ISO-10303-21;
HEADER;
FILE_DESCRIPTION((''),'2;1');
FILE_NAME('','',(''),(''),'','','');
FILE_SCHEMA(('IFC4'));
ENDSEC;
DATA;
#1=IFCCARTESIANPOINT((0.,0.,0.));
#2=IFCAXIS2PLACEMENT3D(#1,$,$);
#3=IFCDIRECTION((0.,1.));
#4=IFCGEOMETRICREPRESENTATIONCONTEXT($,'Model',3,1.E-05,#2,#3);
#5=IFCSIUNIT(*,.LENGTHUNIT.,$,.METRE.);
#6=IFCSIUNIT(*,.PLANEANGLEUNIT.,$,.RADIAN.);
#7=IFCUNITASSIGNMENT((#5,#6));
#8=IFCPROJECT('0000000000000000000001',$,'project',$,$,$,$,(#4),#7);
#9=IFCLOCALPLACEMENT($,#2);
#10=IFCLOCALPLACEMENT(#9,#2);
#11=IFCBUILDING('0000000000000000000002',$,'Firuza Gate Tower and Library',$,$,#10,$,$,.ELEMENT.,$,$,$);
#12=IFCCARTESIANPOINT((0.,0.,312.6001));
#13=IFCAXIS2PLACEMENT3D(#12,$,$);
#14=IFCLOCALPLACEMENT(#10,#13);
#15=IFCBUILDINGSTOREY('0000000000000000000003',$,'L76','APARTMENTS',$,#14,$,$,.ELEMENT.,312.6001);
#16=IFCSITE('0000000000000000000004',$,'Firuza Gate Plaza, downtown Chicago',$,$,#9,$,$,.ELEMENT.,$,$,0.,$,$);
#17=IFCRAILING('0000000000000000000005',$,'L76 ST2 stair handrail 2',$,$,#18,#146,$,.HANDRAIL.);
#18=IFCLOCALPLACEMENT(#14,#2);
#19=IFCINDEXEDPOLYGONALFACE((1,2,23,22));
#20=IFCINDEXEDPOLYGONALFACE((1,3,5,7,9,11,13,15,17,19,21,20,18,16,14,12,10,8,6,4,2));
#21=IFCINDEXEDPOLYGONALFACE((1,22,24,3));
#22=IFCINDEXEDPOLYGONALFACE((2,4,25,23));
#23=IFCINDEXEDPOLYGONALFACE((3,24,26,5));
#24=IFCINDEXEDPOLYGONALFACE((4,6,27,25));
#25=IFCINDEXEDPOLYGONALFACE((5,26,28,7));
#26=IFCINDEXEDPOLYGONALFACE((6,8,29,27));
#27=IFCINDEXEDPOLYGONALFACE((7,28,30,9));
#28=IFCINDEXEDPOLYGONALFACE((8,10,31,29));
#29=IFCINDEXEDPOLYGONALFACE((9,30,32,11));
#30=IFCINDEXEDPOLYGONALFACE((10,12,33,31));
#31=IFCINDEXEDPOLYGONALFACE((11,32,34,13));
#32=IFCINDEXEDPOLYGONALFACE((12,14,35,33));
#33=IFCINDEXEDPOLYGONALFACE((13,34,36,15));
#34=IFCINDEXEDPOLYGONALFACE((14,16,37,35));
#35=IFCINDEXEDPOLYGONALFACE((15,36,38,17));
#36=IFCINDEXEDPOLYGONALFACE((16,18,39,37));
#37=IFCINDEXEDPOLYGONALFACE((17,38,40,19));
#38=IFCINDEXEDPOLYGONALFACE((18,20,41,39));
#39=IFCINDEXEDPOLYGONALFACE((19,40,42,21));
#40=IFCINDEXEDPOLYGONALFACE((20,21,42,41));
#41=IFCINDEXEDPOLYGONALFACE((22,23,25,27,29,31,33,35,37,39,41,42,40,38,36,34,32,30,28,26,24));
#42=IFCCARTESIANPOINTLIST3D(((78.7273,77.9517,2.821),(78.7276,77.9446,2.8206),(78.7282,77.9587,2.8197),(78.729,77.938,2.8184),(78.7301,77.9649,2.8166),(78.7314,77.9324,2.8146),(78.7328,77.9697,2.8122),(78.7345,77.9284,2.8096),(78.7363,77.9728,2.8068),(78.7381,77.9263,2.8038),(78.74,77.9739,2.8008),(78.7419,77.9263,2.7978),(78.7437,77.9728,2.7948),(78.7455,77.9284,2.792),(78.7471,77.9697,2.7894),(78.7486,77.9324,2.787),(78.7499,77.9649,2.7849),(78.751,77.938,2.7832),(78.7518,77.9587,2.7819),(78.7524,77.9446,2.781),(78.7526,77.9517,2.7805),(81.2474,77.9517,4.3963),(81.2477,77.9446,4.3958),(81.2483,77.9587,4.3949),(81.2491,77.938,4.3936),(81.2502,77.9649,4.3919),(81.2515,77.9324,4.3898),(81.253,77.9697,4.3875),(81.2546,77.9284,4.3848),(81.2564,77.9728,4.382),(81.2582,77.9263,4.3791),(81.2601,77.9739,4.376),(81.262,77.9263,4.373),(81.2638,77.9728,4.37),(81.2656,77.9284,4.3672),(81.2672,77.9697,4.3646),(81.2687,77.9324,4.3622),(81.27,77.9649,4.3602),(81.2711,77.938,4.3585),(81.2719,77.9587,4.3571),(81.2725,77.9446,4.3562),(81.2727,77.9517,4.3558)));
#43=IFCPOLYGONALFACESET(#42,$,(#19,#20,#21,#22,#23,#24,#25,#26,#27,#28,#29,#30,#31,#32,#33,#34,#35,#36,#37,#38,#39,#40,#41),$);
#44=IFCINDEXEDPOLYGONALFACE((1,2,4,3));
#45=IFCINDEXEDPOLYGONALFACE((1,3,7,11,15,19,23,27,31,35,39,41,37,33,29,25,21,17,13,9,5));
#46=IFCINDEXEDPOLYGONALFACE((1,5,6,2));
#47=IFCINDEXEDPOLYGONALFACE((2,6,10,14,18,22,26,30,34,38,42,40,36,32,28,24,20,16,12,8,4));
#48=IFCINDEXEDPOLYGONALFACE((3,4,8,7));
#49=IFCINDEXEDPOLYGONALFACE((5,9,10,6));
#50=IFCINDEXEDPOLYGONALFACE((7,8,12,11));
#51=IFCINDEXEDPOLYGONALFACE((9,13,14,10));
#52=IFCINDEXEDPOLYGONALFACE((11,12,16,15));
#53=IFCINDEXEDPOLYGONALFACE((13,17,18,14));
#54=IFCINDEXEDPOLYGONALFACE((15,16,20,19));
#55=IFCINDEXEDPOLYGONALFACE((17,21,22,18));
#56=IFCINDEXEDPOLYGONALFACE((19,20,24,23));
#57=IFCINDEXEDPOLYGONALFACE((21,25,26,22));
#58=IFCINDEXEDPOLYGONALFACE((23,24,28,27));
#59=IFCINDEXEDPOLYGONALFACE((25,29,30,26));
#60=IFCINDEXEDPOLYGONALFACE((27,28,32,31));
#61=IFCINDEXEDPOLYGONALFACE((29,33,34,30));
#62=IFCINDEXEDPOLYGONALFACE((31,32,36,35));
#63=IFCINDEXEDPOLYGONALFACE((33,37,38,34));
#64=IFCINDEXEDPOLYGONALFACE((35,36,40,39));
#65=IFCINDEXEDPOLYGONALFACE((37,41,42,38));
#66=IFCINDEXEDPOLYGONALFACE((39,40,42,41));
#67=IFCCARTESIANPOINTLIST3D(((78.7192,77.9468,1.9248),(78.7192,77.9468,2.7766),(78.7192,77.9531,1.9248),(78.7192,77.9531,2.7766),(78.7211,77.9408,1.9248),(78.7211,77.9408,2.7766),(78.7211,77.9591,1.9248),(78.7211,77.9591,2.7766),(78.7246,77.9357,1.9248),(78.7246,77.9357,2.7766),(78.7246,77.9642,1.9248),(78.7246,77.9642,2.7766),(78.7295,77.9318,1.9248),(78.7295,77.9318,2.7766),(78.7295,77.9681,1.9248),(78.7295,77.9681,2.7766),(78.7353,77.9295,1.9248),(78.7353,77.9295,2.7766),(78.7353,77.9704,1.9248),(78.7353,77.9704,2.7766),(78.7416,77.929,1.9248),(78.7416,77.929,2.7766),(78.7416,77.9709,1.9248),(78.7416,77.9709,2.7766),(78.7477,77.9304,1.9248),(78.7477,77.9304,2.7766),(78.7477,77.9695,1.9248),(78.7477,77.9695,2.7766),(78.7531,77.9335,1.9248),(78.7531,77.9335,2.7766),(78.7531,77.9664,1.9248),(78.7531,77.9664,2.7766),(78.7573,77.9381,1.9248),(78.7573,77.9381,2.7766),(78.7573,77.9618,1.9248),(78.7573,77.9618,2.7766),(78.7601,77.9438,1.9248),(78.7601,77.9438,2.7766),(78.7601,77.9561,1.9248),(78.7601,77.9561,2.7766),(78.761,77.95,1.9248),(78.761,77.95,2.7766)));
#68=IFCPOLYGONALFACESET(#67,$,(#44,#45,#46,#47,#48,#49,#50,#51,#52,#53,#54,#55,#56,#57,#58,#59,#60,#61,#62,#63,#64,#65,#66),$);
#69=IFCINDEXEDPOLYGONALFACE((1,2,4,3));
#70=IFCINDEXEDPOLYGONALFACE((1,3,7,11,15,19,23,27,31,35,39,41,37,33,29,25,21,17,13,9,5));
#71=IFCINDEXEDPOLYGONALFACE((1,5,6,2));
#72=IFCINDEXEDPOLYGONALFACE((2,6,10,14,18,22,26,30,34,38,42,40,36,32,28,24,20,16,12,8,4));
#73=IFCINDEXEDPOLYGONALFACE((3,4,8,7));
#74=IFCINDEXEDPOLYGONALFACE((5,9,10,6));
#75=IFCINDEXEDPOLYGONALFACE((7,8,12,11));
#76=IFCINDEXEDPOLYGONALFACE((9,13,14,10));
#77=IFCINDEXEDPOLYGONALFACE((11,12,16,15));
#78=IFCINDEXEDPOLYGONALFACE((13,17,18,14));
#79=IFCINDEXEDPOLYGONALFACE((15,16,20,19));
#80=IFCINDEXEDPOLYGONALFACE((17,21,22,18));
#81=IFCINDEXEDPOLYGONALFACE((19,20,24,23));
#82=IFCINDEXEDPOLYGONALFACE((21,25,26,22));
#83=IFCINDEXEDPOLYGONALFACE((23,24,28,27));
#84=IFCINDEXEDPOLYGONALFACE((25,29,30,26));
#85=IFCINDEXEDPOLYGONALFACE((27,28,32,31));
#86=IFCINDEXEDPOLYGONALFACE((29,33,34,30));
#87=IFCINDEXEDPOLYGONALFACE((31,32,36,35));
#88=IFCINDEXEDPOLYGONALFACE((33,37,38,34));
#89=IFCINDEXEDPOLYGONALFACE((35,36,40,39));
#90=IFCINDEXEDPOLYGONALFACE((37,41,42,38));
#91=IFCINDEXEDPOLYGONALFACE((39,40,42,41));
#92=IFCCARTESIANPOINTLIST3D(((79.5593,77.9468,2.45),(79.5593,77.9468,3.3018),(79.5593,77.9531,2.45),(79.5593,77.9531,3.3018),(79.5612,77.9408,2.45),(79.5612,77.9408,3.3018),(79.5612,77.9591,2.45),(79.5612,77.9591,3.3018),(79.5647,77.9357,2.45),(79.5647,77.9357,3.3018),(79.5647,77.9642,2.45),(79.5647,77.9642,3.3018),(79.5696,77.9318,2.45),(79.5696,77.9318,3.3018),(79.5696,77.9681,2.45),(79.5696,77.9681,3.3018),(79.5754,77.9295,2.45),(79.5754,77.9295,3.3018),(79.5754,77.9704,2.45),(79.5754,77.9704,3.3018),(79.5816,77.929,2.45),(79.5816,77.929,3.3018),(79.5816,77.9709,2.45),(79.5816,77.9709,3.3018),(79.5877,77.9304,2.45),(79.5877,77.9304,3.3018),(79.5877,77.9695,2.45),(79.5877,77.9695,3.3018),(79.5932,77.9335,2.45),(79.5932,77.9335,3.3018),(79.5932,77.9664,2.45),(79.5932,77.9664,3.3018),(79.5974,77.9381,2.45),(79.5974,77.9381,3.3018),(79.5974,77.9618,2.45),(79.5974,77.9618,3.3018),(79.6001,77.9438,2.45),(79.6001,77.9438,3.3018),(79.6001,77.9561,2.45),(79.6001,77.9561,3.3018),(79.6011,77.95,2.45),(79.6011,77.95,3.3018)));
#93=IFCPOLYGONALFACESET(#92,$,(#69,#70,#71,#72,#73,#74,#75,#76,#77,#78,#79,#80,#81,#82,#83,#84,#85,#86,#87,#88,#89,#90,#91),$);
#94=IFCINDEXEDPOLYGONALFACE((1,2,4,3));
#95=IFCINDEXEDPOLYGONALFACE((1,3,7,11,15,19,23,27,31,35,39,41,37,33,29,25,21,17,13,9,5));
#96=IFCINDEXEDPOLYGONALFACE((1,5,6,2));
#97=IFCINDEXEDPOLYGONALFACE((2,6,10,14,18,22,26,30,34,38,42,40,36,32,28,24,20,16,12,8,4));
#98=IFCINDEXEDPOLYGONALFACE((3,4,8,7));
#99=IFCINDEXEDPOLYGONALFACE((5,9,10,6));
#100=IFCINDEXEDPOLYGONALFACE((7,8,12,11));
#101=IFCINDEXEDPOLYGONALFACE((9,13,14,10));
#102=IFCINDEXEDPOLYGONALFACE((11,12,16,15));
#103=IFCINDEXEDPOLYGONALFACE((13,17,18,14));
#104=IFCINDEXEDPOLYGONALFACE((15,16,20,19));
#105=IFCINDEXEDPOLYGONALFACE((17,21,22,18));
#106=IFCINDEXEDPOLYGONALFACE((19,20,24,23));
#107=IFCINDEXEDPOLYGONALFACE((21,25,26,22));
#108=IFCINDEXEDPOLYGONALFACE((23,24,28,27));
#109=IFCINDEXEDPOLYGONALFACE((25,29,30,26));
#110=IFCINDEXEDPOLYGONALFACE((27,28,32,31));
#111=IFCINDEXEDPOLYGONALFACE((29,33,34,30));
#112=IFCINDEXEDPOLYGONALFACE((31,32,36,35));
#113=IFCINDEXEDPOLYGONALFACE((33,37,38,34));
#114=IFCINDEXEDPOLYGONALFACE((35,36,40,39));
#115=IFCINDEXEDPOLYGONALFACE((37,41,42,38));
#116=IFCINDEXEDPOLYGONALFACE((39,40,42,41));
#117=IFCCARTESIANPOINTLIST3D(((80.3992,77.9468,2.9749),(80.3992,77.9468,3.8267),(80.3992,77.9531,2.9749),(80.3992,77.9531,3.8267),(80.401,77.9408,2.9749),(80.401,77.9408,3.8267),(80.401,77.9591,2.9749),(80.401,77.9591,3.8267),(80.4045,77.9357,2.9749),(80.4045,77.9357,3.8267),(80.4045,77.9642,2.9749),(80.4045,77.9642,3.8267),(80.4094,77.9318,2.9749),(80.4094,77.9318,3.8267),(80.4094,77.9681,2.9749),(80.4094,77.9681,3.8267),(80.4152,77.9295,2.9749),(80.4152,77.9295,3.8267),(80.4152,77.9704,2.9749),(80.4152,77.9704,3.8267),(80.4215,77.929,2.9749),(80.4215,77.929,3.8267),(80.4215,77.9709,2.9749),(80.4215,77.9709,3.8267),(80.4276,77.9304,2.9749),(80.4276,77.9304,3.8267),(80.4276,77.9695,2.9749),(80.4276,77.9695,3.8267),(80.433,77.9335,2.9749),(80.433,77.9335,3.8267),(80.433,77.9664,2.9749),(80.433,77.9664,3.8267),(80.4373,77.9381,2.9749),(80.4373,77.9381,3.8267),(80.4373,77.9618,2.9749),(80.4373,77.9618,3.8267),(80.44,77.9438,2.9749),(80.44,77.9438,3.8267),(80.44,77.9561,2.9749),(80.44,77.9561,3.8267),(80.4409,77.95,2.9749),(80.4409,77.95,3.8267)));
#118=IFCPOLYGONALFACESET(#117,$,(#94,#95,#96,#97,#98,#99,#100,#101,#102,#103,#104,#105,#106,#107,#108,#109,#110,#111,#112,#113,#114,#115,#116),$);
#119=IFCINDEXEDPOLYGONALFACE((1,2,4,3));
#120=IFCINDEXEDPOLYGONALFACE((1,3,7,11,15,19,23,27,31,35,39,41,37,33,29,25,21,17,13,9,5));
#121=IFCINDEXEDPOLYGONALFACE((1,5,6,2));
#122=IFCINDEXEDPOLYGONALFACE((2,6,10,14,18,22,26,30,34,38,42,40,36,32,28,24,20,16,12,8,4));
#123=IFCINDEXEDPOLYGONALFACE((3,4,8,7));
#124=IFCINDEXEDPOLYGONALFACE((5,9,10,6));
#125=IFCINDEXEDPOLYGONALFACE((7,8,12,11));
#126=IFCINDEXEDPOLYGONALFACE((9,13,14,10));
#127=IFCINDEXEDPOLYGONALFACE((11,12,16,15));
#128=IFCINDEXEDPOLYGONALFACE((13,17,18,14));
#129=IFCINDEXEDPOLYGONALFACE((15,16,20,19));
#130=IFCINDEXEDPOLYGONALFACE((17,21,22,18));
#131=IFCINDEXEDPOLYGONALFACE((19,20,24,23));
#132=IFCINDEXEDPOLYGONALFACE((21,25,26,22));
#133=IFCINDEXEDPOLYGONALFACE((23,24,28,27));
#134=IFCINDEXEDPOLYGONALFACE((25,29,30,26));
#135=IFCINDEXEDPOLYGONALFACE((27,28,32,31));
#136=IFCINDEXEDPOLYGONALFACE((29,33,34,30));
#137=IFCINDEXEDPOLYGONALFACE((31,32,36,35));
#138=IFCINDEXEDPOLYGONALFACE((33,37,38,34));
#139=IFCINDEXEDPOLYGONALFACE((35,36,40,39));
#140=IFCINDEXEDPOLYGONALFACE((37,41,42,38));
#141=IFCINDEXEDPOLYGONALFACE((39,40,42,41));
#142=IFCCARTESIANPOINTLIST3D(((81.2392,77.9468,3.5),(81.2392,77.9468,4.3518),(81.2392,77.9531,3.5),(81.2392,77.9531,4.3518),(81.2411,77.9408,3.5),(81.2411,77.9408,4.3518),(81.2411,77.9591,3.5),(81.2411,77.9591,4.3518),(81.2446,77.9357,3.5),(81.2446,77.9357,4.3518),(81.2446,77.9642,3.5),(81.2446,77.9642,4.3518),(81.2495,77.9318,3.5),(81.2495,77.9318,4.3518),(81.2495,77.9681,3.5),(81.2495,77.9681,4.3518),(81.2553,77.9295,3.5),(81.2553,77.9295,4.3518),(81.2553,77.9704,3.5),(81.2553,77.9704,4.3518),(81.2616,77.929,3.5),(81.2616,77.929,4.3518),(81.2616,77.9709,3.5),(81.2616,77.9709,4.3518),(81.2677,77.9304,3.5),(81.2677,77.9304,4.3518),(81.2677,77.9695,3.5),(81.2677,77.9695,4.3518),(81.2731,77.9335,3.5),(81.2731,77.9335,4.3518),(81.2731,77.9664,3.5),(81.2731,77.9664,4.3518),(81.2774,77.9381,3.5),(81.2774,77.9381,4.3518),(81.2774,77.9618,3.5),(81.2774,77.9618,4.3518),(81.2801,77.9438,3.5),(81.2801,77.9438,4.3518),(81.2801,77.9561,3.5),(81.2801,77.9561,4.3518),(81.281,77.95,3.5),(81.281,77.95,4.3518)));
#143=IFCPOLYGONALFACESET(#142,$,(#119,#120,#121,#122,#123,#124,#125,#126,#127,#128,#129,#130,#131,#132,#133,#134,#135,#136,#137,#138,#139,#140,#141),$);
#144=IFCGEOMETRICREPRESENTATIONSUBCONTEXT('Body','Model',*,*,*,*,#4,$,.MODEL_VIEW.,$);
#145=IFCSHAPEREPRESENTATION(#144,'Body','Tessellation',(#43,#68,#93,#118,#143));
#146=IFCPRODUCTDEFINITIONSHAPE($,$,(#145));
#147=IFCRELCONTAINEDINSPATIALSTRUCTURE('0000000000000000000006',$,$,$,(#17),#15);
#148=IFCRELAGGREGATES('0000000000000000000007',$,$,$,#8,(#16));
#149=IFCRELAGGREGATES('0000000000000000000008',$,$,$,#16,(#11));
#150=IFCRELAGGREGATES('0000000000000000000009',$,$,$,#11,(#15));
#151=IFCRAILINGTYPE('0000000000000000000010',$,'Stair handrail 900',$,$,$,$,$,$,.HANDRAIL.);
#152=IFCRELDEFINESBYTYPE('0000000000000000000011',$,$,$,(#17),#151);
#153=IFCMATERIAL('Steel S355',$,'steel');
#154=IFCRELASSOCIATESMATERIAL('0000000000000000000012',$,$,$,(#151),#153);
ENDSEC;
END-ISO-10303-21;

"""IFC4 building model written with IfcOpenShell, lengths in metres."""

from ifc_helpers import new_model, si_unit, direction, frame, origin, origin_2d, place, context, subcontext, project, spatial, circle, extrude, material, type_object, element, save


model = new_model("IFC4")

# Units and contexts
model_context = context("Model", 3, precision=1e-05, world=origin(), true_north=direction((0.0, 1.0)))
body_context = subcontext(model_context, "Body", "Model", "MODEL_VIEW")
ifc_project = project(units=[si_unit("LENGTHUNIT", "METRE"), si_unit("PLANEANGLEUNIT", "RADIAN")], contexts=[model_context])

# Site, building, storey
site_placement = place(None, origin())
site = spatial("IfcSite", under=ifc_project, at=site_placement, Name="Firuza Gate Plaza, downtown Chicago", CompositionType="ELEMENT", RefElevation=0.0)
building_placement = place(site_placement, origin())
building = spatial("IfcBuilding", under=site, at=building_placement, Name="Firuza Gate Tower and Library", CompositionType="ELEMENT")
storey_placement = place(building_placement, frame((0.0, 0.0, 312.6001)))
storey = spatial("IfcBuildingStorey", under=building, at=storey_placement, Name="L76", Description="APARTMENTS", CompositionType="ELEMENT", Elevation=312.6001)

# Railing
ifc_material_1 = material(Name="Steel S355", Category="steel")
railing_type_1 = type_object("IfcRailingType", Name="Stair handrail 900", PredefinedType="HANDRAIL", material=ifc_material_1)
railing_1_placement = place(storey_placement, frame((78.74, 77.95, 1.9248)))
element("IfcRailing", 1, at=railing_1_placement, inside=storey, type_object=railing_type_1, Name="L76 ST2 stair handrail 2", PredefinedType="HANDRAIL", context=body_context, shape_type="SweptSolid", body=[
    extrude(circle(Radius=0.0239, at=origin_2d()), frame((0.0, 0.0, 0.876), z_axis=(0.847971, 0.0, 0.530043), x_axis=(0.0, 1.0, 0.0)), (0.0, 0.0, 1.0), 2.9719),
    extrude(circle(Radius=0.021, at=origin_2d()), origin(), (0.0, 0.0, 1.0), 0.8518),
    extrude(circle(Radius=0.021, at=origin_2d()), frame((0.8401, 0.0, 0.5251)), (0.0, 0.0, 1.0), 0.8518),
    extrude(circle(Radius=0.021, at=origin_2d()), frame((1.6799, 0.0, 1.05)), (0.0, 0.0, 1.0), 0.8518),
    extrude(circle(Radius=0.021, at=origin_2d()), frame((2.52, 0.0, 1.5752)), (0.0, 0.0, 1.0), 0.8518),
])

save(model, "model.ifc")
